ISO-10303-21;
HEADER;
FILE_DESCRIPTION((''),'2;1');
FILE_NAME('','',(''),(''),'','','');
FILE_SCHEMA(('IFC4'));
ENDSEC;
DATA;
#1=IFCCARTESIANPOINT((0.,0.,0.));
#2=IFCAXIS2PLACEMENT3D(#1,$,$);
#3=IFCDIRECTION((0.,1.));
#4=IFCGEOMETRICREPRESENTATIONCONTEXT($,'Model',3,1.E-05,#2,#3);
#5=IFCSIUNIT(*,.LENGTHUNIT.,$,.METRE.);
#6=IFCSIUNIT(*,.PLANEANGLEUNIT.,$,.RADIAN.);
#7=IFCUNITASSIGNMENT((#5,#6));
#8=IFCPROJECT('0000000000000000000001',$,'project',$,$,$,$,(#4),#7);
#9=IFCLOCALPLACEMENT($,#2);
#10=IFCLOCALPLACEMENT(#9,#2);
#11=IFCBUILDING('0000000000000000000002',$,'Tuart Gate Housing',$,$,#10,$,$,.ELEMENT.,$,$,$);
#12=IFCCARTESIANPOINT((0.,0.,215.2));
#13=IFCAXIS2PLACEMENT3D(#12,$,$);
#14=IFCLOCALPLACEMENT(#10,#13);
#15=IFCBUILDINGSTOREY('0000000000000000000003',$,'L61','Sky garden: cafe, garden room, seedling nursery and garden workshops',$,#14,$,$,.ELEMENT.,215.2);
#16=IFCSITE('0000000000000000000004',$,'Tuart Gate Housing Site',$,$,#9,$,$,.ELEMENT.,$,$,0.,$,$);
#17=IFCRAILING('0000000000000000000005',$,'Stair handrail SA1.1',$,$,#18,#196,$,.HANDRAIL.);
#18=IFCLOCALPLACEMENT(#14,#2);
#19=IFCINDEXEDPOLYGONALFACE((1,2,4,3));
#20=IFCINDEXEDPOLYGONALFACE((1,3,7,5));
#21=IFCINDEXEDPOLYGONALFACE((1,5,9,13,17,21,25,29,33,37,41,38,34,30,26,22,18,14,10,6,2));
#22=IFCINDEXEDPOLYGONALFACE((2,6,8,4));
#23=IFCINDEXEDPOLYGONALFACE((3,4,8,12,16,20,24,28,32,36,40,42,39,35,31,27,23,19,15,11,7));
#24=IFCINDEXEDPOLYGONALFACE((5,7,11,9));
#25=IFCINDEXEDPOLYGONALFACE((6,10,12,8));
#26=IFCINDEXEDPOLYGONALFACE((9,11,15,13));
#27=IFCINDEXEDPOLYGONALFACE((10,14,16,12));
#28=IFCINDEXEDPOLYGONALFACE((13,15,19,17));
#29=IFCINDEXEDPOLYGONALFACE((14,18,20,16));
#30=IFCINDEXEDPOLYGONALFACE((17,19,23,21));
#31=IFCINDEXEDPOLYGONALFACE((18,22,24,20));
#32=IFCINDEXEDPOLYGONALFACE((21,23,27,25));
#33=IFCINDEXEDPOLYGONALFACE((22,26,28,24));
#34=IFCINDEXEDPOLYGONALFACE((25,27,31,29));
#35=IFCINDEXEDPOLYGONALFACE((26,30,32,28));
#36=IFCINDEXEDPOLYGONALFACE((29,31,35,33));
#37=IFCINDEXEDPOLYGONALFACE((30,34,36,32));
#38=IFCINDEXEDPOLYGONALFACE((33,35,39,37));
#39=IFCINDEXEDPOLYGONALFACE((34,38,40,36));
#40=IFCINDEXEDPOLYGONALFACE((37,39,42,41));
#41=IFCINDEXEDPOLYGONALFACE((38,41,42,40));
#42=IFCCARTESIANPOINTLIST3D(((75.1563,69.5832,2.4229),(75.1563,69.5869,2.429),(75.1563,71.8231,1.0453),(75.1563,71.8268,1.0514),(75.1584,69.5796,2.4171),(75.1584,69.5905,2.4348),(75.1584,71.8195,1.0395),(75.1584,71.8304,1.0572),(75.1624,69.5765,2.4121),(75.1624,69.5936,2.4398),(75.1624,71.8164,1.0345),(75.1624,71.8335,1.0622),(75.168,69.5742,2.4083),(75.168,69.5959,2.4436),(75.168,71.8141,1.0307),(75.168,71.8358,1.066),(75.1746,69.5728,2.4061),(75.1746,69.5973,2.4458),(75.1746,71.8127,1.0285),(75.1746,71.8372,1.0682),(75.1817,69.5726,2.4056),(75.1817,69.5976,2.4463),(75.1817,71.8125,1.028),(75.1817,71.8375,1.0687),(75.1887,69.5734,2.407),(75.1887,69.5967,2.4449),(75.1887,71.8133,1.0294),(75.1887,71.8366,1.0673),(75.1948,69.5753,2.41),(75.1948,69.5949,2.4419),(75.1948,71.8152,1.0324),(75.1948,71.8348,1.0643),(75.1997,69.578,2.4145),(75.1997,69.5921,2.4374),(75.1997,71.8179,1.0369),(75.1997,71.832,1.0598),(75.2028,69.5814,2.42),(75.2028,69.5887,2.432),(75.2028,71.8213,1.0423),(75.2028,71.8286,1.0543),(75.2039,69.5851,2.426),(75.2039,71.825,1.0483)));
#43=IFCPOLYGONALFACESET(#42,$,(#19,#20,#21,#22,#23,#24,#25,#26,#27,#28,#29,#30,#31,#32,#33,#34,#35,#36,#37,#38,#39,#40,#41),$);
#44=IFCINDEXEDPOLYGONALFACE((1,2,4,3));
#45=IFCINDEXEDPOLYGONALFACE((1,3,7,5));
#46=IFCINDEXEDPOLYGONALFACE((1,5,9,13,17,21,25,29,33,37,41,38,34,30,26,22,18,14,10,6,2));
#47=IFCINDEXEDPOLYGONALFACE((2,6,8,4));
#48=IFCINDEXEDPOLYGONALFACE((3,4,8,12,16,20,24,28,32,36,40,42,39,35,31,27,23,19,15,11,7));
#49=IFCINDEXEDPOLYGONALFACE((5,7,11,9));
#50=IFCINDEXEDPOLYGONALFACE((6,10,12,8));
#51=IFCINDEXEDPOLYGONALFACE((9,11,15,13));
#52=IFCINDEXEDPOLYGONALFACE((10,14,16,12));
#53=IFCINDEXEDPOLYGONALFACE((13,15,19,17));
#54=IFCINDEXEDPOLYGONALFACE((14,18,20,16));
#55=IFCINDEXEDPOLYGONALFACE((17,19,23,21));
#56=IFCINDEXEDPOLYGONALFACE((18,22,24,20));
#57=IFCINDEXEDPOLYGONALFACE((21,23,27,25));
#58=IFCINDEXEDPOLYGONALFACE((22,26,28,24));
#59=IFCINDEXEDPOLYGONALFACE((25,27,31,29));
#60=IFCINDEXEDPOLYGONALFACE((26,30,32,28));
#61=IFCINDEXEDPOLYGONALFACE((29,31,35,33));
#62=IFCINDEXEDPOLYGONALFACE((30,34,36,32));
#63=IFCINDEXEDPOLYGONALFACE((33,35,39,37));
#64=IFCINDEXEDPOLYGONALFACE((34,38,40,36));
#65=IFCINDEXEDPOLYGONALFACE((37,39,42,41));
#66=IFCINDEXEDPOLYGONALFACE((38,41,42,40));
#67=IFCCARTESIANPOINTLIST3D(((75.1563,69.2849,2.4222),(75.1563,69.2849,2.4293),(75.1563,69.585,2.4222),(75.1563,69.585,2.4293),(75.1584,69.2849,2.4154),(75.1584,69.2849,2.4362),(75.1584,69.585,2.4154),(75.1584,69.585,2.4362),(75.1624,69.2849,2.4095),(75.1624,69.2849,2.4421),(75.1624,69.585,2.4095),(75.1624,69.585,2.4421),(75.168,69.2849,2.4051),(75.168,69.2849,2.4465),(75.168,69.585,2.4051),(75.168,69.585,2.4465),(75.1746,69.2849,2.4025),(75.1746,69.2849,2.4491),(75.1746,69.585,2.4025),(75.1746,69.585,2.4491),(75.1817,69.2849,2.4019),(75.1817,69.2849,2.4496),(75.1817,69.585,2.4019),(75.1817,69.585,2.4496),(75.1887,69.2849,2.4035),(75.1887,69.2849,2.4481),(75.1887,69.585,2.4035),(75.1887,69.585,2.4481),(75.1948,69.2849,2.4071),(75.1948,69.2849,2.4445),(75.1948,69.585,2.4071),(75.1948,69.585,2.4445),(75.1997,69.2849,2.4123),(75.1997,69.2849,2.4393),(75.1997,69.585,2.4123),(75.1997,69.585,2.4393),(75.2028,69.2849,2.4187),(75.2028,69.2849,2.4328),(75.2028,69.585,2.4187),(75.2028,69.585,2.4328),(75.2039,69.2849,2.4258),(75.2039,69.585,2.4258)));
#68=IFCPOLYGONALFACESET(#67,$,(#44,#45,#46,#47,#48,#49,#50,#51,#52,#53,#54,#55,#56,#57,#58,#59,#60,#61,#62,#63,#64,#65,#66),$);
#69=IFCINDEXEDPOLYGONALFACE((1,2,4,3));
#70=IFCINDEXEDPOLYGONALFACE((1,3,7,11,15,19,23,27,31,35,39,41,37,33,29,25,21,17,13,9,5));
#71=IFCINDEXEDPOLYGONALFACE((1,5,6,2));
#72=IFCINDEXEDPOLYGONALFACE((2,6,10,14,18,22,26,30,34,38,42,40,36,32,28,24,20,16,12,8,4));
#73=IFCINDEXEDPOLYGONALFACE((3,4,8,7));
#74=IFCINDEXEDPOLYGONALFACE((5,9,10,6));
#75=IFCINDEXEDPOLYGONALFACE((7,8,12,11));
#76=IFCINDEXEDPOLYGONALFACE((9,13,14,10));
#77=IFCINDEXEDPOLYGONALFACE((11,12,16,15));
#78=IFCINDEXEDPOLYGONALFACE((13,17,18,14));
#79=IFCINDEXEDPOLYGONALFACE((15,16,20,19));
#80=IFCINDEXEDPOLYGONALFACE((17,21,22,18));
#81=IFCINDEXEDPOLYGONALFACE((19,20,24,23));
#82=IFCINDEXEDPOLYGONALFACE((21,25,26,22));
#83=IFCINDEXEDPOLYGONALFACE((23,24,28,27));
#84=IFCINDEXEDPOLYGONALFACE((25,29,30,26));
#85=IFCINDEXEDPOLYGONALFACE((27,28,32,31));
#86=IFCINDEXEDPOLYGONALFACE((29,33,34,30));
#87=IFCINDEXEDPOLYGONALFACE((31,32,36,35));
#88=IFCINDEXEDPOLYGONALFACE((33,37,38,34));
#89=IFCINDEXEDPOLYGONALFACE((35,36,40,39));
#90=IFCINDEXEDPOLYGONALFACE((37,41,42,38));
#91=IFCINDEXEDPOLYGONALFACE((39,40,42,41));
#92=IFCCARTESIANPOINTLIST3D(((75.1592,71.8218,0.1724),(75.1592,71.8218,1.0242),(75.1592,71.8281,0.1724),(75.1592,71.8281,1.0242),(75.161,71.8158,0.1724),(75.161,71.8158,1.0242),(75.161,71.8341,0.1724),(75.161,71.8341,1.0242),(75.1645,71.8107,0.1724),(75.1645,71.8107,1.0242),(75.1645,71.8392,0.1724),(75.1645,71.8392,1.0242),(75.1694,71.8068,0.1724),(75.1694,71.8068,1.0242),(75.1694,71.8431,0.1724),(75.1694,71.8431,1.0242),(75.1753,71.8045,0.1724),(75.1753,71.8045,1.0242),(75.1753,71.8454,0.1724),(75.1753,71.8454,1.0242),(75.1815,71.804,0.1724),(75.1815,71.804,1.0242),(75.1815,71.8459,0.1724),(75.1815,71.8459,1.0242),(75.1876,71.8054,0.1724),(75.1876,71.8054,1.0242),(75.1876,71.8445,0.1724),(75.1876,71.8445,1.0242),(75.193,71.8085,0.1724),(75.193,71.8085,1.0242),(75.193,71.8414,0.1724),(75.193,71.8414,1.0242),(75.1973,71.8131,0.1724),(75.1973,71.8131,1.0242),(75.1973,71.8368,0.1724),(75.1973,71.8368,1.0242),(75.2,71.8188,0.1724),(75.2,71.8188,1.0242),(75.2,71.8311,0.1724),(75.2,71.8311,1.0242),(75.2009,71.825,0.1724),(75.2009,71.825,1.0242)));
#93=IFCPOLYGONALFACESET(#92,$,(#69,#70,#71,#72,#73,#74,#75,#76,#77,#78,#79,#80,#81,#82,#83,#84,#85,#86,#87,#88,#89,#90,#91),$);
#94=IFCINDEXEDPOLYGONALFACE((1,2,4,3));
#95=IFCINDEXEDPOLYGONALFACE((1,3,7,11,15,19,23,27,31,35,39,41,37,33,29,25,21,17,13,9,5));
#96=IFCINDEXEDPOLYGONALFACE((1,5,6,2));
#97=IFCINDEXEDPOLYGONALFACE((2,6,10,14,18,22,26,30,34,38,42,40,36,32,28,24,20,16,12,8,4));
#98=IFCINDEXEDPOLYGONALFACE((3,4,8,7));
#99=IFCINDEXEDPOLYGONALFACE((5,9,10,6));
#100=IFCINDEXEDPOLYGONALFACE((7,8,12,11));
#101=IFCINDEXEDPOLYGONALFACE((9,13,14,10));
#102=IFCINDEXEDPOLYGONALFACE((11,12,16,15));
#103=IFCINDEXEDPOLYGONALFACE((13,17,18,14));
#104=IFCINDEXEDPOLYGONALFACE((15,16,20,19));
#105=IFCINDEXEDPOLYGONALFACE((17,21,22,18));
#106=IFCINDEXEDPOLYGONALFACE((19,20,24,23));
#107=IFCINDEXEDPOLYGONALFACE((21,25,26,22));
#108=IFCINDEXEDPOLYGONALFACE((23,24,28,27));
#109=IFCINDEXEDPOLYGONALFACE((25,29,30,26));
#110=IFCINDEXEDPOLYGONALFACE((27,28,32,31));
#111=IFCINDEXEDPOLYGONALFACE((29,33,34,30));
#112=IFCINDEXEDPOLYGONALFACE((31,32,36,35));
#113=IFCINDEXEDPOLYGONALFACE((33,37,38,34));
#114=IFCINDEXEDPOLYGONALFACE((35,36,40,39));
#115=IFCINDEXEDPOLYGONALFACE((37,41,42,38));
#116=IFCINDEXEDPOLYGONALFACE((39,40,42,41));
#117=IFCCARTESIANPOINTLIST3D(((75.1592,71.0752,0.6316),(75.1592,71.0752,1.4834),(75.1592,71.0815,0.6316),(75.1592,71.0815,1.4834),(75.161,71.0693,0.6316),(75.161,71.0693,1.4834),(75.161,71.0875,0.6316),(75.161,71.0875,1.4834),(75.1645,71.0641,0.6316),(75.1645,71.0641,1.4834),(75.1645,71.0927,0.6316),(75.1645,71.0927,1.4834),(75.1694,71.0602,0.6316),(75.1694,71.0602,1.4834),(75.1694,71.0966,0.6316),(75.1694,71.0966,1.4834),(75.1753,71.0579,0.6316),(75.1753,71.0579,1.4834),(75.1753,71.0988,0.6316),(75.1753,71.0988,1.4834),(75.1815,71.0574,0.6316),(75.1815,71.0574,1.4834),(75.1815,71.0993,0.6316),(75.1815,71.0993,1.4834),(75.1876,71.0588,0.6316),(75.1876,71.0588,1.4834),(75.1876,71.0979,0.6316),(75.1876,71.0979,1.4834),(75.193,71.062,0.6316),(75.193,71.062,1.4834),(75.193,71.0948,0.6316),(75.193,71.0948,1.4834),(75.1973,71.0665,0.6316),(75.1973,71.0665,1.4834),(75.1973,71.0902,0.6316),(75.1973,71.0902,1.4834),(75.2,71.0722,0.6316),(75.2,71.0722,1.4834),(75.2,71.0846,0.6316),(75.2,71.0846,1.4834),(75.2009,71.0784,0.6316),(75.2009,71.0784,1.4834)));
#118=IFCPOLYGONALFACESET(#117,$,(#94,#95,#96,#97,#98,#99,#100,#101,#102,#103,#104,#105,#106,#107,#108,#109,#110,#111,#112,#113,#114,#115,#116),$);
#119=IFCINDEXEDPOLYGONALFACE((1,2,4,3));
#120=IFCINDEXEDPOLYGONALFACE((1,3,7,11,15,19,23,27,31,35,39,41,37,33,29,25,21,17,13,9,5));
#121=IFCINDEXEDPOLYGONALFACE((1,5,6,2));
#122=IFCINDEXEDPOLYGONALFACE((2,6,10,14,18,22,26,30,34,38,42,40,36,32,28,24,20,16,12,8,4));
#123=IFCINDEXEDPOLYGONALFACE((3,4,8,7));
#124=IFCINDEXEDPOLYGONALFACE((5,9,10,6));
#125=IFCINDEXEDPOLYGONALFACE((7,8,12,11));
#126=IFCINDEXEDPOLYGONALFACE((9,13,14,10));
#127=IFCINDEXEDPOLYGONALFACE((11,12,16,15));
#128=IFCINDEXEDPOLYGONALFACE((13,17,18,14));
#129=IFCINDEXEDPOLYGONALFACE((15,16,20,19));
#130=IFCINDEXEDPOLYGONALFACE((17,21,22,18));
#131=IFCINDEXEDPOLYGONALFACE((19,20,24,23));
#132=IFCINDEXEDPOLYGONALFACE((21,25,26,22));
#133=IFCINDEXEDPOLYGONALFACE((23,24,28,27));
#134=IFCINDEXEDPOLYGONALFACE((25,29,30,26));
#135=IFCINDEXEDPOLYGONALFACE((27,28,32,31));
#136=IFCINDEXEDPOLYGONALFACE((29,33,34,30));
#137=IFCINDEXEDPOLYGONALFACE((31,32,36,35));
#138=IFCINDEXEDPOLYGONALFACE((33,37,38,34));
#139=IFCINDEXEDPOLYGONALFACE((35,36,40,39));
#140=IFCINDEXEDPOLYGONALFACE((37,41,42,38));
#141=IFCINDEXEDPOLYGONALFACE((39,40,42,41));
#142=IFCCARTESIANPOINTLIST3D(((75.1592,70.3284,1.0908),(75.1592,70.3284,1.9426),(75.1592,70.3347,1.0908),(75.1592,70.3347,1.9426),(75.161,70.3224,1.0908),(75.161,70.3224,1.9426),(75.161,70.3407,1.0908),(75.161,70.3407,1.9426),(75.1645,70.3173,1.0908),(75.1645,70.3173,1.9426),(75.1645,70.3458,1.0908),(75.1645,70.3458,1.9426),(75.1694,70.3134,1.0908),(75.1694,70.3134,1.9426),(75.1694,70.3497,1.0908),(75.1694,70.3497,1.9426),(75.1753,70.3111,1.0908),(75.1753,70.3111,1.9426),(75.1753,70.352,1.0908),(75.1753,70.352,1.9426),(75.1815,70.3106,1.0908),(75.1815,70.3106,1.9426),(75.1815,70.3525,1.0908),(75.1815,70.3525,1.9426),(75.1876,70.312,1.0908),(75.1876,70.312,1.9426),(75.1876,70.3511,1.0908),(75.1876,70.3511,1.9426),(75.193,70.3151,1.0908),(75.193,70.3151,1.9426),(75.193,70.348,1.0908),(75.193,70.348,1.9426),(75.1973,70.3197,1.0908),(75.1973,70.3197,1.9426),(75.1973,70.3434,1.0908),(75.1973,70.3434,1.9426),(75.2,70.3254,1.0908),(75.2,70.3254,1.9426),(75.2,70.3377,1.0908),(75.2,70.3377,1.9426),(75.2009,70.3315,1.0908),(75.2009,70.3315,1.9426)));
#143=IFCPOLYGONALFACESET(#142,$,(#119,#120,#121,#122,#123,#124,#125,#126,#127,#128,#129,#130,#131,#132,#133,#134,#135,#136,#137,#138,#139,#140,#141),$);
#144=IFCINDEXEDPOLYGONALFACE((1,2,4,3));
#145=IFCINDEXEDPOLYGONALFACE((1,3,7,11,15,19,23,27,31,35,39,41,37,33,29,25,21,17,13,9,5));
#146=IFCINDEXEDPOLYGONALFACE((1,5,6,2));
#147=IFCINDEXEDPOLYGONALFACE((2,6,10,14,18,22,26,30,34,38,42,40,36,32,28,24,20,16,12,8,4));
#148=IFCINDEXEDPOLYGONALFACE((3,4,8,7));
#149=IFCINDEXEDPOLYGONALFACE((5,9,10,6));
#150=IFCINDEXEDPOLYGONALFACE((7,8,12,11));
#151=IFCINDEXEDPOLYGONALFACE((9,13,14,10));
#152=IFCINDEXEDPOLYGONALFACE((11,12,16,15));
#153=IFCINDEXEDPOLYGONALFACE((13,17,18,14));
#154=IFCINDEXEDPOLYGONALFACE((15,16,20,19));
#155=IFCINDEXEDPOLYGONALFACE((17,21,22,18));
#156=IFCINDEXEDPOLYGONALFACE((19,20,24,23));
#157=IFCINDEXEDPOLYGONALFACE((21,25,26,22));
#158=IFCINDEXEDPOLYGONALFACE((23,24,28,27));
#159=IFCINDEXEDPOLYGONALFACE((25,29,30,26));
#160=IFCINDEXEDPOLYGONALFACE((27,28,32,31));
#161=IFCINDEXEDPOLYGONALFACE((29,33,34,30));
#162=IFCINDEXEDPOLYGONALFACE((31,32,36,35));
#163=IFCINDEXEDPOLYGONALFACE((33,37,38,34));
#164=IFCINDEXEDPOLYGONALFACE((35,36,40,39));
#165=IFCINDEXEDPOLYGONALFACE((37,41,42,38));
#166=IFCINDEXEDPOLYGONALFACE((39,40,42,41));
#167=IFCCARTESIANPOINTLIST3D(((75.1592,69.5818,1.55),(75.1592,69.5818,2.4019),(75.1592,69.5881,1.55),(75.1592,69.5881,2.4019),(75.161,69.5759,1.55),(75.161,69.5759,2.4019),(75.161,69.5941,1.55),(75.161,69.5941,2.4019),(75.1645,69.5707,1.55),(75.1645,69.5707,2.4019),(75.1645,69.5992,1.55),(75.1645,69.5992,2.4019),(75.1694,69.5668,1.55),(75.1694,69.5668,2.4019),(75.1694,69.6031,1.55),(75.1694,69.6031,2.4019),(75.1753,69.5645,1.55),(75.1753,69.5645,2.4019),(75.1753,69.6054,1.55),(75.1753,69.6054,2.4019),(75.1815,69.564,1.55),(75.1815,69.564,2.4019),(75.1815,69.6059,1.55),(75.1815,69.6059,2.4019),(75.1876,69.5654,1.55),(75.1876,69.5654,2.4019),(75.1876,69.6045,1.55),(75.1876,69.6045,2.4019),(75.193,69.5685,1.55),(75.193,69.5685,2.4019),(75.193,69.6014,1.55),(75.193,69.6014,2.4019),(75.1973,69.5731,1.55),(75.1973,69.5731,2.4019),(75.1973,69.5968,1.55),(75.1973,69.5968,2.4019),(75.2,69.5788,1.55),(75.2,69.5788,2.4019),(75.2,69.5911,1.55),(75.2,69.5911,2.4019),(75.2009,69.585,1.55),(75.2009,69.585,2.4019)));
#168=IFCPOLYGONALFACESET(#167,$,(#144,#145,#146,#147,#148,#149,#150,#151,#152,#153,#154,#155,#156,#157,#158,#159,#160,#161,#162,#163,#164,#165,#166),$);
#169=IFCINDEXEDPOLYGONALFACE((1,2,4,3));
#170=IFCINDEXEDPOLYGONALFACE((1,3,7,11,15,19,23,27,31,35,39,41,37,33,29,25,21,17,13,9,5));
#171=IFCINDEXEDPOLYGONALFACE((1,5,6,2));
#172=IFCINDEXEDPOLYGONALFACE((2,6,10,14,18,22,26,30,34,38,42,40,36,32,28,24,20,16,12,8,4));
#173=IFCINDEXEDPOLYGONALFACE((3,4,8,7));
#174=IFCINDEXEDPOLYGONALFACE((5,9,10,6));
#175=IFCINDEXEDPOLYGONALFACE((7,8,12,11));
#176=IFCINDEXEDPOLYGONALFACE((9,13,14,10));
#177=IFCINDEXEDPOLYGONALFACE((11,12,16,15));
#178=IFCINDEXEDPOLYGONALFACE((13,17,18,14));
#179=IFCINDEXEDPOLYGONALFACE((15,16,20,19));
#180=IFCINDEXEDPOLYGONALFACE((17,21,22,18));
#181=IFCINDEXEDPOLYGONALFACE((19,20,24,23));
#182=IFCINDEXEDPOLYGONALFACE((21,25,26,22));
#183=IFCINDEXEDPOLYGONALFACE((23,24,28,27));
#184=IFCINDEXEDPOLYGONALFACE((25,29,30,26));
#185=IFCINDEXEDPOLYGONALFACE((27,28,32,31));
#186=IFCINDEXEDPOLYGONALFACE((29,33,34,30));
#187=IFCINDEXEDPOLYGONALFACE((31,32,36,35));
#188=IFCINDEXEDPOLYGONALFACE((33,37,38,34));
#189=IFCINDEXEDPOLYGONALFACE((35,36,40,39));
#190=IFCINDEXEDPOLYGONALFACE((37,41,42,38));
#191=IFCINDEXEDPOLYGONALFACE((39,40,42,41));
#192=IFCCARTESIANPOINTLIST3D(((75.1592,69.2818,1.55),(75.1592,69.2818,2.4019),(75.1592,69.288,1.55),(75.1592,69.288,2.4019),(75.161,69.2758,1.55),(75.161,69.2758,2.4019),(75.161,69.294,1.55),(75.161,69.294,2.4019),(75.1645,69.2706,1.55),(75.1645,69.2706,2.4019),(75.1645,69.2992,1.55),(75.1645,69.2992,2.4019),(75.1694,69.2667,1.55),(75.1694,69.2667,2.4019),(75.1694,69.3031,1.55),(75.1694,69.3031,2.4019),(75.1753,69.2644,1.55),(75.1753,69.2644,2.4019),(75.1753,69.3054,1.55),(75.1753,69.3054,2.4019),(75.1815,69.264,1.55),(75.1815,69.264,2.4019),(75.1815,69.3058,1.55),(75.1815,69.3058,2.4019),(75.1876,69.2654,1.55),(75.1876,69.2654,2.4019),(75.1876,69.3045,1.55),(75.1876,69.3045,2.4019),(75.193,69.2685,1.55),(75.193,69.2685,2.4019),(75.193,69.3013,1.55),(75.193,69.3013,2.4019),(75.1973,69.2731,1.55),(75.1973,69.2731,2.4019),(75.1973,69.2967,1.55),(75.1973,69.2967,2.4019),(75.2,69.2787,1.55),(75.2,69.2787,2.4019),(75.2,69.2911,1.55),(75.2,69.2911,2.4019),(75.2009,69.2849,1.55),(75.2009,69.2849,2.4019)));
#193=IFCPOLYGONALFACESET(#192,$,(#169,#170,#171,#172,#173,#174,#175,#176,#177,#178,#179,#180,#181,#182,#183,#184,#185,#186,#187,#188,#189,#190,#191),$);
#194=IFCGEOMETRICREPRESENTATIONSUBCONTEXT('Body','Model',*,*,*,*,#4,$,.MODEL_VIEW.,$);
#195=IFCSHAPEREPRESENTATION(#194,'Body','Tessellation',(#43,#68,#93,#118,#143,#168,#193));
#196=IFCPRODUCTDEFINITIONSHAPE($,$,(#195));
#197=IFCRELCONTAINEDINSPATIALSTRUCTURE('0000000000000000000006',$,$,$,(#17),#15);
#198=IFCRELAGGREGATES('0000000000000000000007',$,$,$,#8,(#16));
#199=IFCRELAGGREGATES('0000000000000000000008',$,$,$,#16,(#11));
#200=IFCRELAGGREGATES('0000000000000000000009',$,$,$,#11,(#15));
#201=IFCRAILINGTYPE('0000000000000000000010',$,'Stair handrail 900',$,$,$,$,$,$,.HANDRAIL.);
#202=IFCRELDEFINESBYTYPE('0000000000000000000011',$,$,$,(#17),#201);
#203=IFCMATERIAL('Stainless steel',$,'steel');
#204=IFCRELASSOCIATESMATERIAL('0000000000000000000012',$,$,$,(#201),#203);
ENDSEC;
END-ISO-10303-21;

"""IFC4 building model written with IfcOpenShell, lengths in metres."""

from ifc_helpers import new_model, si_unit, direction, frame, origin, origin_2d, place, context, subcontext, project, spatial, circle, extrude, material, type_object, element, save


model = new_model("IFC4")

# Units and contexts
model_context = context("Model", 3, precision=1e-05, world=origin(), true_north=direction((0.0, 1.0)))
body_context = subcontext(model_context, "Body", "Model", "MODEL_VIEW")
ifc_project = project(units=[si_unit("LENGTHUNIT", "METRE"), si_unit("PLANEANGLEUNIT", "RADIAN")], contexts=[model_context])

# Site, building, storey
site_placement = place(None, origin())
site = spatial("IfcSite", under=ifc_project, at=site_placement, Name="Tuart Gate Housing Site", CompositionType="ELEMENT", RefElevation=0.0)
building_placement = place(site_placement, origin())
building = spatial("IfcBuilding", under=site, at=building_placement, Name="Tuart Gate Housing", CompositionType="ELEMENT")
storey_placement = place(building_placement, frame((0.0, 0.0, 215.2)))
storey = spatial("IfcBuildingStorey", under=building, at=storey_placement, Name="L61", Description="Sky garden: cafe, garden room, seedling nursery and garden workshops", CompositionType="ELEMENT", Elevation=215.2)

# Railing
ifc_material_1 = material(Name="Stainless steel", Category="steel")
railing_type = type_object("IfcRailingType", Name="Stair handrail 900", PredefinedType="HANDRAIL", material=ifc_material_1)
railing_placement = place(storey_placement, frame((75.1799, 71.825, 0.1724)))
element("IfcRailing", 1, at=railing_placement, inside=storey, type_object=railing_type, Name="Stair handrail SA1.1", PredefinedType="HANDRAIL", context=body_context, shape_type="SweptSolid", body=[
    extrude(circle(Radius=0.0239, at=origin_2d()), frame((0.0, 0.0, 0.876), z_axis=(0.0, -0.851789, 0.523885), x_axis=(1.0, 0.0, 0.0)), (0.0, 0.0, 1.0), 2.6296),
    extrude(circle(Radius=0.0239, at=origin_2d()), frame((0.0, -2.24, 2.2534), z_axis=(0.0, -1.0, 0.0), x_axis=(1.0, 0.0, 0.0)), (0.0, 0.0, 1.0), 0.3),
    extrude(circle(Radius=0.021, at=origin_2d()), origin(), (0.0, 0.0, 1.0), 0.8518),
    extrude(circle(Radius=0.021, at=origin_2d()), frame((0.0, -0.7466, 0.4592)), (0.0, 0.0, 1.0), 0.8518),
    extrude(circle(Radius=0.021, at=origin_2d()), frame((0.0, -1.4934, 0.9185)), (0.0, 0.0, 1.0), 0.8518),
    extrude(circle(Radius=0.021, at=origin_2d()), frame((0.0, -2.24, 1.3777)), (0.0, 0.0, 1.0), 0.8518),
    extrude(circle(Radius=0.021, at=origin_2d()), frame((0.0, -2.54, 1.3777)), (0.0, 0.0, 1.0), 0.8518),
])

save(model, "model.ifc")
